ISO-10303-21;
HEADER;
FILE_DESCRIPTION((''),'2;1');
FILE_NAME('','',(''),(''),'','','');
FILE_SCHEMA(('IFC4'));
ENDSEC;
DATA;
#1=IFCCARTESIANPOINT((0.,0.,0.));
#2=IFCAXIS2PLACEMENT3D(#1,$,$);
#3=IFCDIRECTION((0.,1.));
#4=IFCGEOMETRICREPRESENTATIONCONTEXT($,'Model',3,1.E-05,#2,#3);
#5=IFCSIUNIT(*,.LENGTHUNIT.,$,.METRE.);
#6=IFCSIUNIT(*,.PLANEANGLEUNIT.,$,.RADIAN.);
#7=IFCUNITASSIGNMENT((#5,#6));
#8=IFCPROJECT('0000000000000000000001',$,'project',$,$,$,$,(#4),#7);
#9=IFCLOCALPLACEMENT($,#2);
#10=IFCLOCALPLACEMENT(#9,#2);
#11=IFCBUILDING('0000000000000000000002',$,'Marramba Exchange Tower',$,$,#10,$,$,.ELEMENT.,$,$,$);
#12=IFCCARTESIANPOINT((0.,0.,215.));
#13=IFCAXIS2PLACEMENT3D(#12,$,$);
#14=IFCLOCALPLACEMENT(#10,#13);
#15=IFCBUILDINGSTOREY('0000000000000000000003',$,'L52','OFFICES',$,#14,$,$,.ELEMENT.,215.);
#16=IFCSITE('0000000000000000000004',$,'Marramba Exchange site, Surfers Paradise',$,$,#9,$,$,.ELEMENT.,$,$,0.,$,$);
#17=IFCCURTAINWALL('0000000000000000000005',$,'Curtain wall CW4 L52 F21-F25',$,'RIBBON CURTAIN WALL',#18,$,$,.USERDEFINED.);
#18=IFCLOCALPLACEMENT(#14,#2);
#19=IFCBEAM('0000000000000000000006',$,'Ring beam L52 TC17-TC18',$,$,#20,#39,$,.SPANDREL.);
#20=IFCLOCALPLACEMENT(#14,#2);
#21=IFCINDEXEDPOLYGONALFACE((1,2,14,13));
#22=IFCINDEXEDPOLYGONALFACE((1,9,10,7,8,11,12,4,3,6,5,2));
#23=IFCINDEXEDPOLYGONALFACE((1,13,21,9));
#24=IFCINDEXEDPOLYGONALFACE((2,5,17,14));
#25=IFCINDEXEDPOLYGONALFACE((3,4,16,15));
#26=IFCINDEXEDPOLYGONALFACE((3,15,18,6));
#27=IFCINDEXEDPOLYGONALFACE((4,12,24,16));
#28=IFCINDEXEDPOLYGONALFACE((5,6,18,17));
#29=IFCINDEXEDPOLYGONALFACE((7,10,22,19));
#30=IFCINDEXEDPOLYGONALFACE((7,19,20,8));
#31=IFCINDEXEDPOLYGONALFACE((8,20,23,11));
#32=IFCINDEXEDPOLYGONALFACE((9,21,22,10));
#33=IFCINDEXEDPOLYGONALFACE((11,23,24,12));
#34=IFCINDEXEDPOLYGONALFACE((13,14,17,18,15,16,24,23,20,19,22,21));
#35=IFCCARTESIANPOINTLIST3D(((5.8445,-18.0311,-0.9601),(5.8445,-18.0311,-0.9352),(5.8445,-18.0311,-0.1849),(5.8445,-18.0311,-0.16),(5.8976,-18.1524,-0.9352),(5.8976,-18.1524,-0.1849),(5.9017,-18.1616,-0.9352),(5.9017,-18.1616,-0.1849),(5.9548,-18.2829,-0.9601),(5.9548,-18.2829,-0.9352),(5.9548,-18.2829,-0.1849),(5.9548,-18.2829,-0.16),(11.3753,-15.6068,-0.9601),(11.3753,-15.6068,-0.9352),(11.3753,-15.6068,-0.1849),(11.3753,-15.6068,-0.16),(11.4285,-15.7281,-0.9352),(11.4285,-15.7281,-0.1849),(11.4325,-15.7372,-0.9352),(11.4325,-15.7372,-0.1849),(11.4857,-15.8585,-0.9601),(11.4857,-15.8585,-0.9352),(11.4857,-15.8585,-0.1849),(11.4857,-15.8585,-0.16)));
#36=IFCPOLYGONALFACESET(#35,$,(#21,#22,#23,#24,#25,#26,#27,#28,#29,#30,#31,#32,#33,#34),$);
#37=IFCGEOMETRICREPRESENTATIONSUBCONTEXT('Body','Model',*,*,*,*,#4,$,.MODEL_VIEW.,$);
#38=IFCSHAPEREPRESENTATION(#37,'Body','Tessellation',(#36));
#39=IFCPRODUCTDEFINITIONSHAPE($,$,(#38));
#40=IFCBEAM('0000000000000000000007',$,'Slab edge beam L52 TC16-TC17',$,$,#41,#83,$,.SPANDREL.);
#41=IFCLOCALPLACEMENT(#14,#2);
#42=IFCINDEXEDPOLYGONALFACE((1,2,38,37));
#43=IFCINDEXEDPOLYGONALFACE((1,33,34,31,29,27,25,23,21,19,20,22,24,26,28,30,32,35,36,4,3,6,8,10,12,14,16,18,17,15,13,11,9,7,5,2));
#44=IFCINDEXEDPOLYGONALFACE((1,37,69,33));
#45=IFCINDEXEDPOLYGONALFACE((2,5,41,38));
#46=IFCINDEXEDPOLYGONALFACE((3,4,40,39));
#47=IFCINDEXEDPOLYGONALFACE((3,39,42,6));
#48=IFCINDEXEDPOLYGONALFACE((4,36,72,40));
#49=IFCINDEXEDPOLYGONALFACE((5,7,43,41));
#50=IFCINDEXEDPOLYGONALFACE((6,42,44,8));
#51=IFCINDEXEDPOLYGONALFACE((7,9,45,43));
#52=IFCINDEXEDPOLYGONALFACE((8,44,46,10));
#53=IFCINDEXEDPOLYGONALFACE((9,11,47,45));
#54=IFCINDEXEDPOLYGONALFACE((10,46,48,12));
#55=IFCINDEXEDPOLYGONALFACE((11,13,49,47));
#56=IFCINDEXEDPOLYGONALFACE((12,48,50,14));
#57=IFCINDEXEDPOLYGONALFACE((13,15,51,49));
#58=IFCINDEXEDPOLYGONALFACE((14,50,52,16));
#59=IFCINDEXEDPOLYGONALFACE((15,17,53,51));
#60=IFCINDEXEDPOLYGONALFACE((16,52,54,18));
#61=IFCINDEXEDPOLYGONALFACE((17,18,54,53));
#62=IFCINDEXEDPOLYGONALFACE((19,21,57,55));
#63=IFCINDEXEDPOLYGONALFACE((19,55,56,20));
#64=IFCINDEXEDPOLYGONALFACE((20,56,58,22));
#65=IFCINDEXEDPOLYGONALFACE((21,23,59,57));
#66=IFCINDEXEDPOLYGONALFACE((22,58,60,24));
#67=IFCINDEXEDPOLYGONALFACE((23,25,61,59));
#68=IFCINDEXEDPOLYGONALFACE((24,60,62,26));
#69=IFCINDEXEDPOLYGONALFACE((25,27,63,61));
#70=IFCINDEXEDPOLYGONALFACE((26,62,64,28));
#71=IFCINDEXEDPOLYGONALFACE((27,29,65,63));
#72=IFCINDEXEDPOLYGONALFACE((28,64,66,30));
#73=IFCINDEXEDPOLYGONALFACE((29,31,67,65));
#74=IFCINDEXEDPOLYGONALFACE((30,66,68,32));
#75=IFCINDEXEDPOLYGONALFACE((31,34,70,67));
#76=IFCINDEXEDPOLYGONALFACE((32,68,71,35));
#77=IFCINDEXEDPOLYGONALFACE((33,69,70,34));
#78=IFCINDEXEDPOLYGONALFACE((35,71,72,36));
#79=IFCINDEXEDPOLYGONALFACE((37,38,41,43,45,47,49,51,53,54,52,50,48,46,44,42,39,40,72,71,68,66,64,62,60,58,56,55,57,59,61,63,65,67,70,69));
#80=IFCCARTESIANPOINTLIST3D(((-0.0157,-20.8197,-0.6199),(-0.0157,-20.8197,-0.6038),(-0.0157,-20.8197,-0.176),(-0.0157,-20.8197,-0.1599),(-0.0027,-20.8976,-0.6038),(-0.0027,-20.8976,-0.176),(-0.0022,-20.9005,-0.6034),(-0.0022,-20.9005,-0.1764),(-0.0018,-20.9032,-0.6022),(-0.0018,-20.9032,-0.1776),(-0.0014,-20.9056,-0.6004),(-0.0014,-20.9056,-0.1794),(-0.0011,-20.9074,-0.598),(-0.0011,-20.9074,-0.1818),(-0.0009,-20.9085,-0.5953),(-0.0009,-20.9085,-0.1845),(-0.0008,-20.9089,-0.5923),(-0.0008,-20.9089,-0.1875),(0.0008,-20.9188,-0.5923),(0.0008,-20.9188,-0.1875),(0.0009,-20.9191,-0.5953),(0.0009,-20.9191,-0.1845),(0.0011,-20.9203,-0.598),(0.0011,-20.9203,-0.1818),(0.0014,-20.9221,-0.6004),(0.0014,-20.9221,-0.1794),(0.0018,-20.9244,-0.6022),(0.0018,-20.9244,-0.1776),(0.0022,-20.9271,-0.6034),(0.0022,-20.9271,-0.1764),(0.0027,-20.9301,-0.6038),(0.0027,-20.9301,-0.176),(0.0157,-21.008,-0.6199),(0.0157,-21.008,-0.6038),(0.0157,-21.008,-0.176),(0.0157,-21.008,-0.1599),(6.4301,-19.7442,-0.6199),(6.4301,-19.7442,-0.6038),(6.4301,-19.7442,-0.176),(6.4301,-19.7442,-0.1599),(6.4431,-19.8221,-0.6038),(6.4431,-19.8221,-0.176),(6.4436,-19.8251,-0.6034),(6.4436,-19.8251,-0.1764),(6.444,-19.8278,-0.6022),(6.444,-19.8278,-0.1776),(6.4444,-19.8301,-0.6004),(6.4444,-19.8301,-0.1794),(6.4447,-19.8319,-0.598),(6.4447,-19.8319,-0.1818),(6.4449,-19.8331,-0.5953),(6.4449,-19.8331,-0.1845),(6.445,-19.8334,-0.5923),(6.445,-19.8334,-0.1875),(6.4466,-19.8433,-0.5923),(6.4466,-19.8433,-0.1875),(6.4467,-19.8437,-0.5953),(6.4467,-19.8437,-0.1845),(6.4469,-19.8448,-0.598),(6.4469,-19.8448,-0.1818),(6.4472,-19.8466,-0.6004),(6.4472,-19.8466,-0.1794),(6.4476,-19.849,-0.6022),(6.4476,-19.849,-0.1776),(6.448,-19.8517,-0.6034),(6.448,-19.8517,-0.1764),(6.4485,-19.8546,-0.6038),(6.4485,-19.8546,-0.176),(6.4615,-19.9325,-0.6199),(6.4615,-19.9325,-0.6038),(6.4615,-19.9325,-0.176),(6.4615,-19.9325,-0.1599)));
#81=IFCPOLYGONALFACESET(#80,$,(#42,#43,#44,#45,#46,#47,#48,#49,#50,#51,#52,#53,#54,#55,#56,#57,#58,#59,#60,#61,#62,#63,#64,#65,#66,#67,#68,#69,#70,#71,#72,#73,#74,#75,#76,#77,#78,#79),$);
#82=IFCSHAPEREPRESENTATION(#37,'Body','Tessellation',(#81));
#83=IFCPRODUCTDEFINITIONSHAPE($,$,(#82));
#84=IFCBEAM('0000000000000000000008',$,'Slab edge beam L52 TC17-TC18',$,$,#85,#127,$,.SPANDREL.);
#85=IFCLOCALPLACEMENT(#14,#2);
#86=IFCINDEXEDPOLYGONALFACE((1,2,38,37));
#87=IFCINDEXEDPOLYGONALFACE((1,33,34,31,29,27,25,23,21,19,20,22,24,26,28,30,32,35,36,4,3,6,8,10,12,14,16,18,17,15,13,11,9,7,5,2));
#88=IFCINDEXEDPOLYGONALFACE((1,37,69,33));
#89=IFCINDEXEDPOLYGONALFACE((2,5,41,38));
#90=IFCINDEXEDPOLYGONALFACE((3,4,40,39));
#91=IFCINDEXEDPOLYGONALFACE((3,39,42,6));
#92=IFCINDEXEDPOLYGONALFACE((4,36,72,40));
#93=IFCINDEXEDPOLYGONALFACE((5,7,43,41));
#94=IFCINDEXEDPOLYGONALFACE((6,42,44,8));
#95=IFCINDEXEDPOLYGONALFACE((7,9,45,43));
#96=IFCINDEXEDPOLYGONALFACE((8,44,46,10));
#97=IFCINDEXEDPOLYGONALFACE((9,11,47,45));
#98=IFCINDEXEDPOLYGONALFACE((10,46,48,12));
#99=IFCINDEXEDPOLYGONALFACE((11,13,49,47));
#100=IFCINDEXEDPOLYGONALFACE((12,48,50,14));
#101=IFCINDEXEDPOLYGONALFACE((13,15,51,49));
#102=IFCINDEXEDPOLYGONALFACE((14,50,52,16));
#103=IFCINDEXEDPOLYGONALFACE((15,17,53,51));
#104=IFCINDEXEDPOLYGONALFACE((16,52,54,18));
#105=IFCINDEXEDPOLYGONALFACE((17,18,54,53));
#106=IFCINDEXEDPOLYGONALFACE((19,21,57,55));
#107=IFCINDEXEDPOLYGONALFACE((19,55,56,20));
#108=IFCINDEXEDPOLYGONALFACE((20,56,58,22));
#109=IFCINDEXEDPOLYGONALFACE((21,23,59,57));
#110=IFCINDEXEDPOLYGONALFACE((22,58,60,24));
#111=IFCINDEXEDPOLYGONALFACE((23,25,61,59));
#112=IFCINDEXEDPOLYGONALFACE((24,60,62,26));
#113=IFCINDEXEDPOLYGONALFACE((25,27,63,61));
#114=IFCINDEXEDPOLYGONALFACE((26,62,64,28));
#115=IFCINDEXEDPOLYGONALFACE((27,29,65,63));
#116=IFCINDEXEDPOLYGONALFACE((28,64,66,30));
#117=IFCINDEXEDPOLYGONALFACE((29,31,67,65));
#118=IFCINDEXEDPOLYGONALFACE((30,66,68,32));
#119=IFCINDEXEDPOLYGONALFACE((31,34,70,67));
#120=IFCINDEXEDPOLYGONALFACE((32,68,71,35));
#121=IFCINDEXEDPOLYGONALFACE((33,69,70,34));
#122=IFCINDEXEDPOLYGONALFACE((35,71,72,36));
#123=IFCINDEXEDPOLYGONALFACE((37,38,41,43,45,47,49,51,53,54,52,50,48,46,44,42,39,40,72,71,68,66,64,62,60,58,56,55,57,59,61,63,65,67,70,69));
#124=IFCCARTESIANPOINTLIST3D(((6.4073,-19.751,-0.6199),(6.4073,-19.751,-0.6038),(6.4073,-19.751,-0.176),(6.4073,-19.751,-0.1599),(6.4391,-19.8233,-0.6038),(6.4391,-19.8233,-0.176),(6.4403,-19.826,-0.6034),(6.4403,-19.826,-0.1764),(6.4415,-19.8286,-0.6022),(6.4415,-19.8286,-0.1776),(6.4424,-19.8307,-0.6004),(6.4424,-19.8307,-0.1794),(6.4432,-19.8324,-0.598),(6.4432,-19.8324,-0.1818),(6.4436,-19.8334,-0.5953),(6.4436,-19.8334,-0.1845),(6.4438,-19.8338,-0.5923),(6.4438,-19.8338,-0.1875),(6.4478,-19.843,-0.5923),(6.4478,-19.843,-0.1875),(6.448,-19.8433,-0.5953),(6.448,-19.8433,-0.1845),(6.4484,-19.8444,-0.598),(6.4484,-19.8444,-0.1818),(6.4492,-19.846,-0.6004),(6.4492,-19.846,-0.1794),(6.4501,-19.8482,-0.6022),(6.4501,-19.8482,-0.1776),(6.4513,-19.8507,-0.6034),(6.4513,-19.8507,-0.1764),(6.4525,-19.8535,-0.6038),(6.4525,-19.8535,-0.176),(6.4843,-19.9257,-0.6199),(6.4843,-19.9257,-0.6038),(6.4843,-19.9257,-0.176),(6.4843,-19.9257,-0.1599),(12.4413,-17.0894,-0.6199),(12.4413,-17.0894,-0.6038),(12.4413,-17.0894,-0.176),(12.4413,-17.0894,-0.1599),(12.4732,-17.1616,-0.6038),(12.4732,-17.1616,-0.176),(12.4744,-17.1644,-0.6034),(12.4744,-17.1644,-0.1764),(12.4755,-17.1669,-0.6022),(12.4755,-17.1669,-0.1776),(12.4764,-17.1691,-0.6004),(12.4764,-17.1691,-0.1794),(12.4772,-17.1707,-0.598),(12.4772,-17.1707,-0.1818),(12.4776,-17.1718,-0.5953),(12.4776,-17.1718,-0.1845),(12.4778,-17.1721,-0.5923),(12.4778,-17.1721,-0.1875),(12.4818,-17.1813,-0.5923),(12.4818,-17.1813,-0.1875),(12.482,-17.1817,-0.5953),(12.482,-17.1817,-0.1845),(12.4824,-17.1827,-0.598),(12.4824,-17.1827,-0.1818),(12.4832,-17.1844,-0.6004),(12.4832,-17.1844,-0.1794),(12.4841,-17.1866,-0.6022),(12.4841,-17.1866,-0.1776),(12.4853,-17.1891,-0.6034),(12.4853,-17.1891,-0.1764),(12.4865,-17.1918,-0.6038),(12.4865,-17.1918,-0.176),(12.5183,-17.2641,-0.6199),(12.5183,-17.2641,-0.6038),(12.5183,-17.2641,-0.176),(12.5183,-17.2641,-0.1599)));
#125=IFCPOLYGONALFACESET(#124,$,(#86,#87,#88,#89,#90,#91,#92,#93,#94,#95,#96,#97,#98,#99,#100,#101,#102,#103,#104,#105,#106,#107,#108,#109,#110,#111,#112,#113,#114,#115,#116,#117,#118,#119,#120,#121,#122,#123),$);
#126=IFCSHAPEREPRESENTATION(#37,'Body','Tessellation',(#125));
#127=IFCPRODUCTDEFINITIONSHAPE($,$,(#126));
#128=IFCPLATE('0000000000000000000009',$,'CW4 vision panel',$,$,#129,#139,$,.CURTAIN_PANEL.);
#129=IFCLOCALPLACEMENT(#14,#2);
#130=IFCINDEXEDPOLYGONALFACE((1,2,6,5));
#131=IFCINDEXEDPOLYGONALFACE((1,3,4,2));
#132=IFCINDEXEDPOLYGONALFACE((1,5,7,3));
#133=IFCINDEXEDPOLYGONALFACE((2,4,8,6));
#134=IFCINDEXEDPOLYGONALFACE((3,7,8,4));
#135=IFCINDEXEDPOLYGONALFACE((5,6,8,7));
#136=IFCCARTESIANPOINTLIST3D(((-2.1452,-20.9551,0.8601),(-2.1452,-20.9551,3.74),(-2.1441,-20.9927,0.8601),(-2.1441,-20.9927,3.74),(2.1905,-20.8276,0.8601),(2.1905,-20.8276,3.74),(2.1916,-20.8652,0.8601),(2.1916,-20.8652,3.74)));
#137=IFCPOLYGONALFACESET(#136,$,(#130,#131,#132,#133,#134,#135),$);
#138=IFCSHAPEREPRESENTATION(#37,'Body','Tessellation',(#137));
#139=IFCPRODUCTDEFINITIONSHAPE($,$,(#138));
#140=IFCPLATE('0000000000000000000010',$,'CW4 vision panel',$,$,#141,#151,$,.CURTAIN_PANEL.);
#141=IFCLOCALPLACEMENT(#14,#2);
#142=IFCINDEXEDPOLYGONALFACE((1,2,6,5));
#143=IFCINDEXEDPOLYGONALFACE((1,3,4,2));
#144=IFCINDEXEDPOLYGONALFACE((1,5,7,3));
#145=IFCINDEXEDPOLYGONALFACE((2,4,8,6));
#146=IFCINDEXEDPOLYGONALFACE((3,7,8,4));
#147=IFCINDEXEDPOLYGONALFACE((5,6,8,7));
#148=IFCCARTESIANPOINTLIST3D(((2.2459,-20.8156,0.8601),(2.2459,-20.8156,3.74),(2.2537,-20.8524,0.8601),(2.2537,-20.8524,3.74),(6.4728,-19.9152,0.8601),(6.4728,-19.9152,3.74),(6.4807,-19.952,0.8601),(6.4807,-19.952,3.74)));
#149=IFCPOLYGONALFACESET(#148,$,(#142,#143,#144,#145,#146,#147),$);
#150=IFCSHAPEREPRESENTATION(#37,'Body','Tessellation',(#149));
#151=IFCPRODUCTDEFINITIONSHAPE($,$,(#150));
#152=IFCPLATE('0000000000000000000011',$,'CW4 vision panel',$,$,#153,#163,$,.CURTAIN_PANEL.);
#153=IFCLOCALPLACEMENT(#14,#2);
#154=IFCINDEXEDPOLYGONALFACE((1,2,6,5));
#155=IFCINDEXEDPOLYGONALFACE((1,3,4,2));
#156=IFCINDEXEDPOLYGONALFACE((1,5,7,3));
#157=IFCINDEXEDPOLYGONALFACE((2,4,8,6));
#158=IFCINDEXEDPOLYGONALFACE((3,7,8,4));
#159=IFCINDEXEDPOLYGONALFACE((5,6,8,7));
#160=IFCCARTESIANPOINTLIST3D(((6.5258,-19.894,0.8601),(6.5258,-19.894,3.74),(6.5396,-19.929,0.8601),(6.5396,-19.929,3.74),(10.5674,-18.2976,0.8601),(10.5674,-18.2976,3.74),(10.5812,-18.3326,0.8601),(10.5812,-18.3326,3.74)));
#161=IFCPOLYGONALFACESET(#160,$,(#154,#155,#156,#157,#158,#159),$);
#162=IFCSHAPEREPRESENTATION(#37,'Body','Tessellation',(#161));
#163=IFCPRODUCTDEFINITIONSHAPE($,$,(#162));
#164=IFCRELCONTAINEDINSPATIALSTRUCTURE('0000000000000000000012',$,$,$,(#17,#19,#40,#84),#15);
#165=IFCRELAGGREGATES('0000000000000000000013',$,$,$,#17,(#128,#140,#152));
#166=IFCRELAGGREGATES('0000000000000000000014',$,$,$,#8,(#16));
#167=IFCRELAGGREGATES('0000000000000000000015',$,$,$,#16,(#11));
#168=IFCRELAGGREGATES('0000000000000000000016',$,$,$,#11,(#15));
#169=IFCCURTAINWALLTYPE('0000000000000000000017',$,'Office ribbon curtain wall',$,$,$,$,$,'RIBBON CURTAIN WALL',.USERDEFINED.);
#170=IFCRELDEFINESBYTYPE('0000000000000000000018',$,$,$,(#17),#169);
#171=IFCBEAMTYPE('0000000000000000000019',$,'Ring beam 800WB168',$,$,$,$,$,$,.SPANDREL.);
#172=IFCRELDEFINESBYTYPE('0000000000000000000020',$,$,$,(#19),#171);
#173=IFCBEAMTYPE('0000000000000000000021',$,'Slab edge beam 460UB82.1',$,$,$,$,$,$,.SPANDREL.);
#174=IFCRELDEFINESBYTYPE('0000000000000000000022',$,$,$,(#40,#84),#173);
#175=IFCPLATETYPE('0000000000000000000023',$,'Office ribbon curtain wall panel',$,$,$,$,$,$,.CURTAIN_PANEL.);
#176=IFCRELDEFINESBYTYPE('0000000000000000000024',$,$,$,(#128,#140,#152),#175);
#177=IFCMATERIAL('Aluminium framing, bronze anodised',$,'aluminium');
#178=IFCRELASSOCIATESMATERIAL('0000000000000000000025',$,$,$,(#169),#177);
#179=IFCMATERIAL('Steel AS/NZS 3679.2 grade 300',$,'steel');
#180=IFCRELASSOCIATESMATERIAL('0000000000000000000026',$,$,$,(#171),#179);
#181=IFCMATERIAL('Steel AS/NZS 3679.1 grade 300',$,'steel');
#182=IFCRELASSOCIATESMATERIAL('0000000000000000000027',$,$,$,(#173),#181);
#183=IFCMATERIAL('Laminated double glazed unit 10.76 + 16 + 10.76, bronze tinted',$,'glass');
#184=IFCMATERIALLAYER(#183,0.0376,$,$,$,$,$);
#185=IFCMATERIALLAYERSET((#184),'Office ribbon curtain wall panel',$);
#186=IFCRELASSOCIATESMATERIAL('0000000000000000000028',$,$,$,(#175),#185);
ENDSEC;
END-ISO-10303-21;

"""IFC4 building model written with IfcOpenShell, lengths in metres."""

from ifc_helpers import new_model, si_unit, direction, frame, origin, origin_2d, place, context, subcontext, project, spatial, rectangle, i_section, extrude, material, layer, layer_set, material_profile, profile_set, type_object, element, aggregate, save


model = new_model("IFC4")

# Units and contexts
model_context = context("Model", 3, precision=1e-05, world=origin(), true_north=direction((0.0, 1.0)))
body_context = subcontext(model_context, "Body", "Model", "MODEL_VIEW")
ifc_project = project(units=[si_unit("LENGTHUNIT", "METRE"), si_unit("PLANEANGLEUNIT", "RADIAN")], contexts=[model_context])

# Site, building, storey
site_placement = place(None, origin())
site = spatial("IfcSite", under=ifc_project, at=site_placement, Name="Marramba Exchange site, Surfers Paradise", CompositionType="ELEMENT", RefElevation=0.0)
building_placement = place(site_placement, origin())
building = spatial("IfcBuilding", under=site, at=building_placement, Name="Marramba Exchange Tower", CompositionType="ELEMENT")
storey_placement = place(building_placement, frame((0.0, 0.0, 215.0)))
storey = spatial("IfcBuildingStorey", under=building, at=storey_placement, Name="L52", Description="OFFICES", CompositionType="ELEMENT", Elevation=215.0)

# Shared definitions
ifc_material_1 = material(Name="Steel AS/NZS 3679.2 grade 300", Category="steel")
ifc_material_2 = material(Name="Steel AS/NZS 3679.1 grade 300", Category="steel")

# Curtain wall
ifc_material_3 = material(Name="Aluminium framing, bronze anodised", Category="aluminium")
curtain_wall_type = type_object("IfcCurtainWallType", Name="Office ribbon curtain wall", ElementType="RIBBON CURTAIN WALL", PredefinedType="USERDEFINED", material=ifc_material_3)
curtain_wall_1_placement = place(storey_placement, origin())
curtain_wall_1 = element("IfcCurtainWall", 1, at=curtain_wall_1_placement, inside=storey, type_object=curtain_wall_type, Name="Curtain wall CW4 L52 F21-F25", ObjectType="RIBBON CURTAIN WALL", PredefinedType="USERDEFINED")

# Beams
ifc_material_profile_1 = material_profile(ifc_material_1, i_section(OverallWidth=0.2749, OverallDepth=0.8, WebThickness=0.01, FlangeThickness=0.0249, at=origin_2d()), Name="800WB168")
ifc_profile_set_1 = profile_set([ifc_material_profile_1], Name="Steel AS/NZS 3679.2 grade 300")
beam_type_1 = type_object("IfcBeamType", Name="Ring beam 800WB168", PredefinedType="SPANDREL", material=ifc_profile_set_1)
beam_1_placement = place(storey_placement, frame((5.8997, -18.157, -0.5601), z_axis=(0.915877, 0.401459, 0.0), x_axis=(-0.401459, 0.915877, 0.0)))
element("IfcBeam", 2, at=beam_1_placement, inside=storey, type_object=beam_type_1, Name="Ring beam L52 TC17-TC18", PredefinedType="SPANDREL", context=body_context, shape_type="SweptSolid", body=[
    extrude(i_section(OverallWidth=0.2749, OverallDepth=0.8, WebThickness=0.01, FlangeThickness=0.0249, at=origin_2d()), origin(), (0.0, 0.0, 1.0), 6.0388),
])
ifc_material_profile_2 = material_profile(ifc_material_2, i_section(OverallWidth=0.1909, OverallDepth=0.46, WebThickness=0.01, FlangeThickness=0.0161, FilletRadius=0.0115, at=origin_2d()), Name="460UB82.1")
ifc_profile_set_2 = profile_set([ifc_material_profile_2], Name="Steel AS/NZS 3679.1 grade 300")
beam_type_2 = type_object("IfcBeamType", Name="Slab edge beam 460UB82.1", PredefinedType="SPANDREL", material=ifc_profile_set_2)
beam_2_placement = place(storey_placement, frame((0.0, -20.9138, -0.3899), z_axis=(0.986366, 0.164569, 0.0), x_axis=(-0.164569, 0.986366, 0.0)))
element("IfcBeam", 3, at=beam_2_placement, inside=storey, type_object=beam_type_2, Name="Slab edge beam L52 TC16-TC17", PredefinedType="SPANDREL", context=body_context, shape_type="SweptSolid", body=[
    extrude(i_section(OverallWidth=0.1909, OverallDepth=0.46, WebThickness=0.01, FlangeThickness=0.0161, FilletRadius=0.0115, at=origin_2d()), origin(), (0.0, 0.0, 1.0), 6.5349),
])
beam_3_placement = place(storey_placement, frame((6.4458, -19.8384, -0.3899), z_axis=(0.914941, 0.403588, 0.0), x_axis=(-0.403588, 0.914941, 0.0)))
element("IfcBeam", 4, at=beam_3_placement, inside=storey, type_object=beam_type_2, Name="Slab edge beam L52 TC17-TC18", PredefinedType="SPANDREL", context=body_context, shape_type="SweptSolid", body=[
    extrude(i_section(OverallWidth=0.1909, OverallDepth=0.46, WebThickness=0.01, FlangeThickness=0.0161, FilletRadius=0.0115, at=origin_2d()), origin(), (0.0, 0.0, 1.0), 6.595),
])

# Plates
ifc_material_4 = material(Name="Laminated double glazed unit 10.76 + 16 + 10.76, bronze tinted", Category="glass")
ifc_layer_1 = layer(ifc_material_4, 0.0376)
ifc_layer_set_1 = layer_set([ifc_layer_1], Name="Office ribbon curtain wall panel")
plate_type = type_object("IfcPlateType", Name="Office ribbon curtain wall panel", PredefinedType="CURTAIN_PANEL", material=ifc_layer_set_1)
plate_1_placement = place(storey_placement, frame((0.0232, -20.9102, 0.8601), z_axis=(0.0, 0.0, 1.0), x_axis=(0.999568, 0.029393, 0.0)))
plate_1 = element("IfcPlate", 5, at=plate_1_placement, type_object=plate_type, Name="CW4 vision panel", PredefinedType="CURTAIN_PANEL", context=body_context, shape_type="SweptSolid", body=[
    extrude(rectangle(XDim=4.3376, YDim=0.0376, at=origin_2d()), origin(), (0.0, 0.0, 1.0), 2.8799),
])
plate_2_placement = place(storey_placement, frame((4.3633, -20.3838, 0.8601), z_axis=(0.0, 0.0, 1.0), x_axis=(0.978058, 0.208332, 0.0)))
plate_2 = element("IfcPlate", 6, at=plate_2_placement, type_object=plate_type, Name="CW4 vision panel", PredefinedType="CURTAIN_PANEL", context=body_context, shape_type="SweptSolid", body=[
    extrude(rectangle(XDim=4.3218, YDim=0.0376, at=origin_2d()), origin(), (0.0, 0.0, 1.0), 2.8799),
])
plate_3_placement = place(storey_placement, frame((8.5535, -19.1133, 0.8601), z_axis=(0.0, 0.0, 1.0), x_axis=(0.930073, 0.367375, 0.0)))
plate_3 = element("IfcPlate", 7, at=plate_3_placement, type_object=plate_type, Name="CW4 vision panel", PredefinedType="CURTAIN_PANEL", context=body_context, shape_type="SweptSolid", body=[
    extrude(rectangle(XDim=4.3455, YDim=0.0376, at=origin_2d()), origin(), (0.0, 0.0, 1.0), 2.8799),
])
aggregate(curtain_wall_1, [plate_1, plate_2, plate_3])

save(model, "model.ifc")
